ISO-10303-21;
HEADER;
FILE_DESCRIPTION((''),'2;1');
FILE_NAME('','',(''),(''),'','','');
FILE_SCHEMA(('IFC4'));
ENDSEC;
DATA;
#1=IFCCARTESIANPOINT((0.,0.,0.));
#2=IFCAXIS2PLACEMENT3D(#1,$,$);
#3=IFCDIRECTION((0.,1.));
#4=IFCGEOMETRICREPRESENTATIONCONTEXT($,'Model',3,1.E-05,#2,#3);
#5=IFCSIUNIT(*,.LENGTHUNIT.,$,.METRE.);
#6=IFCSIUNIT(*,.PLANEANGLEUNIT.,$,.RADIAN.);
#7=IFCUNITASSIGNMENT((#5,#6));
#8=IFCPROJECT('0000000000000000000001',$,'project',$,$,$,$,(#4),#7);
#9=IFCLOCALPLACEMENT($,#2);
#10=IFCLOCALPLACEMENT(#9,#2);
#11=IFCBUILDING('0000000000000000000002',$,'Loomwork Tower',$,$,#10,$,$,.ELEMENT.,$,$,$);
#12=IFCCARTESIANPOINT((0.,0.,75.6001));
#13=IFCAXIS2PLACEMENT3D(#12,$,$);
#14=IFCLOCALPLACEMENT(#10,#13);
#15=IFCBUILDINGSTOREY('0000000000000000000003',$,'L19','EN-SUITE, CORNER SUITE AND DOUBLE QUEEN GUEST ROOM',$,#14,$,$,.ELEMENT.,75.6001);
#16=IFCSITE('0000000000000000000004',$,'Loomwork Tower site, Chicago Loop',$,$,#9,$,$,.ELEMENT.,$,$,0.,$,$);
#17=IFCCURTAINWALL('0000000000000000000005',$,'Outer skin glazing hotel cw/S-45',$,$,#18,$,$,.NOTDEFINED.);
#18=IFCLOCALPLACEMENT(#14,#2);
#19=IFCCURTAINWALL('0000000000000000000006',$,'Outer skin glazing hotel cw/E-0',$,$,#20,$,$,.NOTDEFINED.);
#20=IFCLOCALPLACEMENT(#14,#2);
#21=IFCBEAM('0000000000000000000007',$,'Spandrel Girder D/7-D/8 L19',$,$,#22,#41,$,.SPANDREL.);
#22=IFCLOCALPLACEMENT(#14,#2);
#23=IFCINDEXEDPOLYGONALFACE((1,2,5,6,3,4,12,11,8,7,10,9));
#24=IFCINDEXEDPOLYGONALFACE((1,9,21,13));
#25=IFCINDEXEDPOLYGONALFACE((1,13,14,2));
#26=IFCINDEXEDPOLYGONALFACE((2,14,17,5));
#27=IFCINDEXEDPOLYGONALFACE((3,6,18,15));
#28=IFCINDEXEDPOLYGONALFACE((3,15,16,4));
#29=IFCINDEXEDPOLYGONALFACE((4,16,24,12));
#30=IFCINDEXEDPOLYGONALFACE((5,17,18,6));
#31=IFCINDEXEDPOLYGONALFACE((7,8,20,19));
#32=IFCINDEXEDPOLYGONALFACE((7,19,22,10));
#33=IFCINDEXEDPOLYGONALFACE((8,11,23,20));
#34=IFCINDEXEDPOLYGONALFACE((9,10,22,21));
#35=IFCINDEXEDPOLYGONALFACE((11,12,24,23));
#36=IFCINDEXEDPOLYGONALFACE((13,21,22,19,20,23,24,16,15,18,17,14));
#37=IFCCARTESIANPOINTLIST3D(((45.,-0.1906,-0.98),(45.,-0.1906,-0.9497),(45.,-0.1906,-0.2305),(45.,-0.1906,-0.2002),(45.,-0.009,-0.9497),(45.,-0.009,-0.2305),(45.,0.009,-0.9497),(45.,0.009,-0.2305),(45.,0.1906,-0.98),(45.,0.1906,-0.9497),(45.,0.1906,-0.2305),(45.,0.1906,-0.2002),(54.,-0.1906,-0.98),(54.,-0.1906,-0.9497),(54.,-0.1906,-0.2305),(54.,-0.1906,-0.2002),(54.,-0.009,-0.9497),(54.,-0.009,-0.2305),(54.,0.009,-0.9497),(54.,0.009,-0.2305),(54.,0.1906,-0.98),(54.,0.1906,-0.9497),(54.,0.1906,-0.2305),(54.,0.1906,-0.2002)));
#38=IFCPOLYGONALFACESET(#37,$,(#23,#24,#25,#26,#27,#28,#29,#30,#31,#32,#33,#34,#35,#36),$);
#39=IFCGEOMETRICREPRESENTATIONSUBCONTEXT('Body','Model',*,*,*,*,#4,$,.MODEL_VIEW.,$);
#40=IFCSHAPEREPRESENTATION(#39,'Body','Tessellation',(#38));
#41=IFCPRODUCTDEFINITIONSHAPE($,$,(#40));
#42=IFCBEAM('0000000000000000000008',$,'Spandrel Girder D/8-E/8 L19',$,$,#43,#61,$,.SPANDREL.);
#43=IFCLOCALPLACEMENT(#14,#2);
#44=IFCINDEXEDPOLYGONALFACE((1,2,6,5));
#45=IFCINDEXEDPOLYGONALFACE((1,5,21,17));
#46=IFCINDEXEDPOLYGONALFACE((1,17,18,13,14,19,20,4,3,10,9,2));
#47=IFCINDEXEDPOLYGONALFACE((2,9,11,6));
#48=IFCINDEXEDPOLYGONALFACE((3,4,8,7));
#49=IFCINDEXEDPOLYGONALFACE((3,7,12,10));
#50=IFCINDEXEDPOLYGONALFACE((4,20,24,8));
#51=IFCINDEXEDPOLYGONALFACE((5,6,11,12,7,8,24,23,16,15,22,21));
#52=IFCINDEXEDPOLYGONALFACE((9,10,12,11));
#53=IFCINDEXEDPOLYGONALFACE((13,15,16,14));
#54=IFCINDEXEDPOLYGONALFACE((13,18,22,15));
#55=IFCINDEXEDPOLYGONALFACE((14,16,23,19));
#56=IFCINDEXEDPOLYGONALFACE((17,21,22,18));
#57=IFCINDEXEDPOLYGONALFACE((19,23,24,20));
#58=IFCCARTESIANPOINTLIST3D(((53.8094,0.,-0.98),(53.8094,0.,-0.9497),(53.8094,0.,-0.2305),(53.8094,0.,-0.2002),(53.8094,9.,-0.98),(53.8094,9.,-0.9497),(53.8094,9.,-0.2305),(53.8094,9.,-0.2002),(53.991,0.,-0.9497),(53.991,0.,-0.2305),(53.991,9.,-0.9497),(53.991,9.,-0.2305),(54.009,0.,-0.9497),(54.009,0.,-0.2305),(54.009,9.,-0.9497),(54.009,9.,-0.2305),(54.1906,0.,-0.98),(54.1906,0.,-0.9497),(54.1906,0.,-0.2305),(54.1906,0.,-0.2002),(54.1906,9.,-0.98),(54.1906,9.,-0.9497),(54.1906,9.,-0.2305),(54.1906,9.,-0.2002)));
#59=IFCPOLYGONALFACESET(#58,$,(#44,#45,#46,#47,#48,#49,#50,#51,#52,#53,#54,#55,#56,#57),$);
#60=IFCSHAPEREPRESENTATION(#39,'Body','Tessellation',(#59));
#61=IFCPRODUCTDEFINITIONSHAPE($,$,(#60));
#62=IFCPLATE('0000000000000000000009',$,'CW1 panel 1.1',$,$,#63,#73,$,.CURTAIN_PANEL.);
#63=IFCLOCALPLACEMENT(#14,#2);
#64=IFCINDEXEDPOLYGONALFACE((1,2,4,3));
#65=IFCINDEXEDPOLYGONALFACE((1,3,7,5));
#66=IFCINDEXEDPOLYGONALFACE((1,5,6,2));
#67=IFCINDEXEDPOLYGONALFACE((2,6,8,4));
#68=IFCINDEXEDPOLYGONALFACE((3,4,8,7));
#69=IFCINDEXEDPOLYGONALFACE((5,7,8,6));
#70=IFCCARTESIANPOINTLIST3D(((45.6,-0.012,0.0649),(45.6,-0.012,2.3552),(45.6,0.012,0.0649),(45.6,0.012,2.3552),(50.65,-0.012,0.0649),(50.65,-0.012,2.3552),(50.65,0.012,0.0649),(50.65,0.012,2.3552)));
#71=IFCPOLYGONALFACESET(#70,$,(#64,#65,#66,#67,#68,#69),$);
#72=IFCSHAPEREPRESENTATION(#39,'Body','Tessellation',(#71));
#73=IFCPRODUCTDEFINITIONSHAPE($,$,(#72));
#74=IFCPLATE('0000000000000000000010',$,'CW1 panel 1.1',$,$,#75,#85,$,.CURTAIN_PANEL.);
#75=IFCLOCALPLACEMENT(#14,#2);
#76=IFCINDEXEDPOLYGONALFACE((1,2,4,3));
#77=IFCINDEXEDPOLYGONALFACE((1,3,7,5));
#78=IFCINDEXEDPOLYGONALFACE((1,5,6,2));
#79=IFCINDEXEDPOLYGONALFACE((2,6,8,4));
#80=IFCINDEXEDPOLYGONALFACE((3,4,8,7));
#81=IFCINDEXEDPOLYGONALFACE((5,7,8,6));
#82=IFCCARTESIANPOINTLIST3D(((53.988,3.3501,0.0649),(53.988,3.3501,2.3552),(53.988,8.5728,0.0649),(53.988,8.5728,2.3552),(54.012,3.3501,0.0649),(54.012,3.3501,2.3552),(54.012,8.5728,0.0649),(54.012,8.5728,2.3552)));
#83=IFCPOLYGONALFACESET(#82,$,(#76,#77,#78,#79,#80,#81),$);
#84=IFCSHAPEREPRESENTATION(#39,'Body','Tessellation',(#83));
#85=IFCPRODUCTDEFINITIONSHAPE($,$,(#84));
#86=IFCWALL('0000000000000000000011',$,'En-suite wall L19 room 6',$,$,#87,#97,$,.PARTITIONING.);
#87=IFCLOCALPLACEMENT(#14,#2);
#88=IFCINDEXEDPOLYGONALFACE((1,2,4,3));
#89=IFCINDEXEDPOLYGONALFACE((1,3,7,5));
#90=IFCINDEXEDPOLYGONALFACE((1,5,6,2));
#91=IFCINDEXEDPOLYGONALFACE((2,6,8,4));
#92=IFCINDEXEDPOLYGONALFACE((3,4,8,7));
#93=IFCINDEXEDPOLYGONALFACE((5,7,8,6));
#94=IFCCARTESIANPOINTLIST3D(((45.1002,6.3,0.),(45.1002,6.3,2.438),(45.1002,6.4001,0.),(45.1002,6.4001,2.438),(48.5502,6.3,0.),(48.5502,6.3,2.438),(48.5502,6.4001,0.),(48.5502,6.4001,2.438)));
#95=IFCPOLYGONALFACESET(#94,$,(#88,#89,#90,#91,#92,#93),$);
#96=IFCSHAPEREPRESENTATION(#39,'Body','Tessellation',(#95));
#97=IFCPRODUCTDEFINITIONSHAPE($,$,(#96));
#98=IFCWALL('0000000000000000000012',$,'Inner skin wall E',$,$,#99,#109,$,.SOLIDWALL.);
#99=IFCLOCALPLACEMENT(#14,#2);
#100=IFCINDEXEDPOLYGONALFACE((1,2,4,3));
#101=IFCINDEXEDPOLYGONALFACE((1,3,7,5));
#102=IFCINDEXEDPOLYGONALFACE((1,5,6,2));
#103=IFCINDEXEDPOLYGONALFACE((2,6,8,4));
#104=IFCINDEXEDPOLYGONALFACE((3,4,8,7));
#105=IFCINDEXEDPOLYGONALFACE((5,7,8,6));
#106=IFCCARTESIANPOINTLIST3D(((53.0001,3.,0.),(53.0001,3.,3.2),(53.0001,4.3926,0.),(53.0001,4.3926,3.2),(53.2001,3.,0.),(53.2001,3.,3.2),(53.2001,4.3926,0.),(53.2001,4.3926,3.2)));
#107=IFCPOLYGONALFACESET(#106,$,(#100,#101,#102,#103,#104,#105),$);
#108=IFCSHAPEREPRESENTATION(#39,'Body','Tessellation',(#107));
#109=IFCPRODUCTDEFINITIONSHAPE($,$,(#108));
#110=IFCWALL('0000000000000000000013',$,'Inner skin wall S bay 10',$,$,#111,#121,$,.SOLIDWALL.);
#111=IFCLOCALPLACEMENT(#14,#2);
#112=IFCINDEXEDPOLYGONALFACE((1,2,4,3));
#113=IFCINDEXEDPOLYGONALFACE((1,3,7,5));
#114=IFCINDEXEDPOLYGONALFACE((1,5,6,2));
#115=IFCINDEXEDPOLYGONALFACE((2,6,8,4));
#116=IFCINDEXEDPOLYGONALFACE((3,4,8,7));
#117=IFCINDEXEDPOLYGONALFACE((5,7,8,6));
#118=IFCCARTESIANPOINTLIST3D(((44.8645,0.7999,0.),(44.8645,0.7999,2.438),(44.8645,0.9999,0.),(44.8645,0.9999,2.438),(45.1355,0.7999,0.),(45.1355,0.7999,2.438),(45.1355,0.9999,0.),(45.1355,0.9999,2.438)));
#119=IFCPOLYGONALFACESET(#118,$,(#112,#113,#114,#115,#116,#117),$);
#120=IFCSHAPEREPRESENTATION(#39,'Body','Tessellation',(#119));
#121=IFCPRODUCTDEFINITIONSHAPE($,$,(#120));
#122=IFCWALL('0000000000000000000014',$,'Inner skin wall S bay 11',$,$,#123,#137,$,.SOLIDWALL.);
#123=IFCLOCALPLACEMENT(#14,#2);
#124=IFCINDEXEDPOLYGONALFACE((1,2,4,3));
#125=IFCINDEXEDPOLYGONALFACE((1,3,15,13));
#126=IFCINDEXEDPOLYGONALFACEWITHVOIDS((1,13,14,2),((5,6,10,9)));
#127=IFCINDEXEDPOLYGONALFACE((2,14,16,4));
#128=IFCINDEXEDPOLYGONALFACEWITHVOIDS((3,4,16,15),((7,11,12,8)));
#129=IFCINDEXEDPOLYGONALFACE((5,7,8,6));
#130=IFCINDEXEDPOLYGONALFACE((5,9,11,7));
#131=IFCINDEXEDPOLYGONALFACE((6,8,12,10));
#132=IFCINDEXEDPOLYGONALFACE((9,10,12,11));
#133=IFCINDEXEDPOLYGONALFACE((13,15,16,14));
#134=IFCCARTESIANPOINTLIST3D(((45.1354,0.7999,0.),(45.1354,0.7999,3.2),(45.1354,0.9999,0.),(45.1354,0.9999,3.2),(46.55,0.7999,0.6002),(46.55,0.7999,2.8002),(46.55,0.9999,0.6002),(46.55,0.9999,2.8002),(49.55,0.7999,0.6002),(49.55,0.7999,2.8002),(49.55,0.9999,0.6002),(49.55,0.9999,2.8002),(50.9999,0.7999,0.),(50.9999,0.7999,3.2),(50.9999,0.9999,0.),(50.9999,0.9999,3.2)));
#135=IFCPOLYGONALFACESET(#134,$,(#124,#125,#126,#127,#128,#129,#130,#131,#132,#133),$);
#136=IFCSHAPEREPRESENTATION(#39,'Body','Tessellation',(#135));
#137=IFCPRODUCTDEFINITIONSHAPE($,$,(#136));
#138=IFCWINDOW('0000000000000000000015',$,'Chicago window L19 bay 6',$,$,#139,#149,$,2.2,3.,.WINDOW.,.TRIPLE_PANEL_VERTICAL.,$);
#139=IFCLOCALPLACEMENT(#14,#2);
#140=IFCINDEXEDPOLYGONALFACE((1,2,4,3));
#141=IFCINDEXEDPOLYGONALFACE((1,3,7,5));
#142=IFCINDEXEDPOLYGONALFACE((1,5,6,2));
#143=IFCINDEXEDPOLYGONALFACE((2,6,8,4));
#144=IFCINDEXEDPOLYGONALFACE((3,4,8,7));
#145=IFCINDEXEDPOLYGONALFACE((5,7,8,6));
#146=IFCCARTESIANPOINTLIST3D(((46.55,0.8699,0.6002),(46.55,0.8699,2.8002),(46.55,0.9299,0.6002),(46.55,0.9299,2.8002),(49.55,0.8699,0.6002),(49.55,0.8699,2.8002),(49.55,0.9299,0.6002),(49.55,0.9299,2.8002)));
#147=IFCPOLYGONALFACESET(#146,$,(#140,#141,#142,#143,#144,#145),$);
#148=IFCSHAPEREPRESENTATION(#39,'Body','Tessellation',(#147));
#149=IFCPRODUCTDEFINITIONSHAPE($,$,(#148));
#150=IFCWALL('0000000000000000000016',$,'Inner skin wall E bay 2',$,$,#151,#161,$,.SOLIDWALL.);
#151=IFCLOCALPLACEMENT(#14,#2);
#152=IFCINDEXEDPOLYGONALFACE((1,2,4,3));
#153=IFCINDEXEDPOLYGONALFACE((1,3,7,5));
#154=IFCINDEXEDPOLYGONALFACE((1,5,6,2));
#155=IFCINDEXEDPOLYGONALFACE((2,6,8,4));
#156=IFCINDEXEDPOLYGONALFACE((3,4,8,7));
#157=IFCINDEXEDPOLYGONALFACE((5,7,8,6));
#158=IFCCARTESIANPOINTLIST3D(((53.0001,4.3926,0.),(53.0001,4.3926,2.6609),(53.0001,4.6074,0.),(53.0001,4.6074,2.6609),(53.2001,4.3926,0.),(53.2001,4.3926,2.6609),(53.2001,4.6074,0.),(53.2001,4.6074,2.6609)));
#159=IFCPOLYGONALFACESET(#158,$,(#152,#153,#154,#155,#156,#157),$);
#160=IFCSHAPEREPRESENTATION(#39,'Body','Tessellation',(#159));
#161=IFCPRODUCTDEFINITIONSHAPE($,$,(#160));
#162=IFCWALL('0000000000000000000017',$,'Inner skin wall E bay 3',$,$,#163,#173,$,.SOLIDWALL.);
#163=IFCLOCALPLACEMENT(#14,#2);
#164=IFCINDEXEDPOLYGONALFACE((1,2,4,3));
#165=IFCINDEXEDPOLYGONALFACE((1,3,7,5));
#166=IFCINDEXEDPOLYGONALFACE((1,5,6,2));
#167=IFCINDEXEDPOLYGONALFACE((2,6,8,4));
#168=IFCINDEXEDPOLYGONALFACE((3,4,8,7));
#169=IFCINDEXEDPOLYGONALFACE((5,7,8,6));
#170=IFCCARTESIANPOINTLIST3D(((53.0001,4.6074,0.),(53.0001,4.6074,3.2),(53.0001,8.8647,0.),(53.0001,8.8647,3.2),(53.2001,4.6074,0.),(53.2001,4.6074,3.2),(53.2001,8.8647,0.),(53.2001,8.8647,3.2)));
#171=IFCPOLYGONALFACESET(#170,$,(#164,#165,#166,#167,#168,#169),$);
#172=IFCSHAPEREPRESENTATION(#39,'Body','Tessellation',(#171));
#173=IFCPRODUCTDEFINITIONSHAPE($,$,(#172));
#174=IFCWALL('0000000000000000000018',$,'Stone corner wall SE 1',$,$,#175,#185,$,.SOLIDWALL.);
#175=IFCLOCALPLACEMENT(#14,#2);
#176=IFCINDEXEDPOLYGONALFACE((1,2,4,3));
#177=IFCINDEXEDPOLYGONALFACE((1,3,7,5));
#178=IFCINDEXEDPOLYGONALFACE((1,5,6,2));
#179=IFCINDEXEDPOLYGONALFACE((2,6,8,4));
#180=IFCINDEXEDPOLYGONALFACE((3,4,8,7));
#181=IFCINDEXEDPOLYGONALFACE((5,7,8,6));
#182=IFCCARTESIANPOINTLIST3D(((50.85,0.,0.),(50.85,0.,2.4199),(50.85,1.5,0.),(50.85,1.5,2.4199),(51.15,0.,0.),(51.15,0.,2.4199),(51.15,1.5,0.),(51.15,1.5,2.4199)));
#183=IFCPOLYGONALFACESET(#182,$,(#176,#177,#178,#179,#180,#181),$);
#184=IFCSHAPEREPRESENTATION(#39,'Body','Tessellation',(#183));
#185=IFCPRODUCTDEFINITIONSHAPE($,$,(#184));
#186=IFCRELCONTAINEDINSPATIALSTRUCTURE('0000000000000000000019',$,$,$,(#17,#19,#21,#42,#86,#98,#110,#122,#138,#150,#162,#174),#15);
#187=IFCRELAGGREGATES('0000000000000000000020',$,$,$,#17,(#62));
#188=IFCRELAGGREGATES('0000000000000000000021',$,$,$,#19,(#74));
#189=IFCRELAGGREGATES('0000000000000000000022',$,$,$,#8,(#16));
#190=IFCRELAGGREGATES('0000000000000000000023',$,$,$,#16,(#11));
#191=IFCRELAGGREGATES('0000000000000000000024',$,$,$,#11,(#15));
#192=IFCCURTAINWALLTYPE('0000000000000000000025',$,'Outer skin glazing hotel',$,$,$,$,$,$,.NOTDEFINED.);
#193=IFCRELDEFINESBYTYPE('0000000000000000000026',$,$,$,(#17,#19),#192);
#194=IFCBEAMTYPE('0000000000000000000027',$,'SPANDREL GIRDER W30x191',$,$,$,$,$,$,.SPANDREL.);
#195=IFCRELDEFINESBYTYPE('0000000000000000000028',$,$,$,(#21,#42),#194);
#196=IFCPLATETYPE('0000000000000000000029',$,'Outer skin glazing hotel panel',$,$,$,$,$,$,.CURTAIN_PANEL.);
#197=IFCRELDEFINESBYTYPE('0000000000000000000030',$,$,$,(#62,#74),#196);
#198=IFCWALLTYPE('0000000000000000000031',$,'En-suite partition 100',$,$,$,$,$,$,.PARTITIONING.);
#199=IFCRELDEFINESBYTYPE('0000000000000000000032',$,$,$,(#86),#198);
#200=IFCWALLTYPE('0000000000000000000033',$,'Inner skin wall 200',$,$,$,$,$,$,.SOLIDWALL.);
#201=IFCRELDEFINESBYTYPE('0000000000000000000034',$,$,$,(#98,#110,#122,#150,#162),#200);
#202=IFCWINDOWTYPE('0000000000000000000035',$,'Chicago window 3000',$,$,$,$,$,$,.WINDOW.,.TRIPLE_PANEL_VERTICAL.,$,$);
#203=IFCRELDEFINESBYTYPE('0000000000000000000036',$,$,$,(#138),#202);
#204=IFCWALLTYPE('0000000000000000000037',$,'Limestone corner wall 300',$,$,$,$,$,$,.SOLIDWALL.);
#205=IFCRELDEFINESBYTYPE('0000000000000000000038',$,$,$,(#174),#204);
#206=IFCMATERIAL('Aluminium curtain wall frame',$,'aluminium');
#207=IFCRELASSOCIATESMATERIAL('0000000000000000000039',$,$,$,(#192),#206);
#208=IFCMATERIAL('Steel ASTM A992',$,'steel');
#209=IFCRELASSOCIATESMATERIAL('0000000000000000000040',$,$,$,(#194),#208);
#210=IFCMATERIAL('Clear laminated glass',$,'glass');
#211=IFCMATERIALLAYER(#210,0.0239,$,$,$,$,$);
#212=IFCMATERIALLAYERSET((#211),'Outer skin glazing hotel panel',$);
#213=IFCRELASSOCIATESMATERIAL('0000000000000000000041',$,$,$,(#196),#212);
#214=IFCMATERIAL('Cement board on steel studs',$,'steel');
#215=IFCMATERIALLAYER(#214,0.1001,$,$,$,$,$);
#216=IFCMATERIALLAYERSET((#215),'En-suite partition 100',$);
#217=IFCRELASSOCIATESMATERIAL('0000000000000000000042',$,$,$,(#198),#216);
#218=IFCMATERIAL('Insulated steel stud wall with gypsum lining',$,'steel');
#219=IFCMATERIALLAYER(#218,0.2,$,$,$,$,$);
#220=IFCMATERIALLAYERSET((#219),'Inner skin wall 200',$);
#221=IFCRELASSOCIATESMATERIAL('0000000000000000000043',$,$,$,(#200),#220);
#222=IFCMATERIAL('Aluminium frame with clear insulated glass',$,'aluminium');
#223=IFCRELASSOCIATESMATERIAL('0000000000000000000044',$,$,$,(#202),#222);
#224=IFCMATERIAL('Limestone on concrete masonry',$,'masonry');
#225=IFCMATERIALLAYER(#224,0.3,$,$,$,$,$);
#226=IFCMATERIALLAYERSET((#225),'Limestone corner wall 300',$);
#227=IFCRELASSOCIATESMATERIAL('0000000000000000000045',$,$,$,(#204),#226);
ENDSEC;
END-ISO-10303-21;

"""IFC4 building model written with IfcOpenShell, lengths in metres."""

from ifc_helpers import new_model, si_unit, direction, frame, frame_2d, origin, origin_2d, place, context, subcontext, project, spatial, rectangle, i_section, extrude, material, layer, layer_set, material_profile, profile_set, type_object, element, fill, aggregate, save


model = new_model("IFC4")

# Units and contexts
model_context = context("Model", 3, precision=1e-05, world=origin(), true_north=direction((0.0, 1.0)))
body_context = subcontext(model_context, "Body", "Model", "MODEL_VIEW")
ifc_project = project(units=[si_unit("LENGTHUNIT", "METRE"), si_unit("PLANEANGLEUNIT", "RADIAN")], contexts=[model_context])

# Site, building, storey
site_placement = place(None, origin())
site = spatial("IfcSite", under=ifc_project, at=site_placement, Name="Loomwork Tower site, Chicago Loop", CompositionType="ELEMENT", RefElevation=0.0)
building_placement = place(site_placement, origin())
building = spatial("IfcBuilding", under=site, at=building_placement, Name="Loomwork Tower", CompositionType="ELEMENT")
storey_placement = place(building_placement, frame((0.0, 0.0, 75.6001)))
storey = spatial("IfcBuildingStorey", under=building, at=storey_placement, Name="L19", Description="EN-SUITE, CORNER SUITE AND DOUBLE QUEEN GUEST ROOM", CompositionType="ELEMENT", Elevation=75.6001)

# Shared definitions
ifc_material_1 = material(Name="Aluminium curtain wall frame", Category="aluminium")
curtain_wall_type = type_object("IfcCurtainWallType", Name="Outer skin glazing hotel", PredefinedType="NOTDEFINED", material=ifc_material_1)

# Curtain wall
curtain_wall_1_placement = place(storey_placement, origin())
curtain_wall_1 = element("IfcCurtainWall", 1, at=curtain_wall_1_placement, inside=storey, type_object=curtain_wall_type, Name="Outer skin glazing hotel cw/S-45", PredefinedType="NOTDEFINED")

# Curtain wall
curtain_wall_2_placement = place(storey_placement, origin())
curtain_wall_2 = element("IfcCurtainWall", 2, at=curtain_wall_2_placement, inside=storey, type_object=curtain_wall_type, Name="Outer skin glazing hotel cw/E-0", PredefinedType="NOTDEFINED")

# Beams
ifc_material_2 = material(Name="Steel ASTM A992", Category="steel")
ifc_material_profile_1 = material_profile(ifc_material_2, i_section(OverallWidth=0.3811, OverallDepth=0.7798, WebThickness=0.0181, FlangeThickness=0.0303, at=origin_2d()), Name="W30x191")
ifc_profile_set_1 = profile_set([ifc_material_profile_1], Name="Steel ASTM A992")
beam_type_1 = type_object("IfcBeamType", Name="SPANDREL GIRDER W30x191", PredefinedType="SPANDREL", material=ifc_profile_set_1)
for number, where, z_axis, x_axis, name in (
    (3, (45.0, 0.0, -0.5901), (1.0, 0.0, 0.0), (0.0, 1.0, 0.0), "Spandrel Girder D/7-D/8 L19"),
    (4, (54.0, 0.0, -0.5901), (0.0, 1.0, 0.0), (-1.0, 0.0, 0.0), "Spandrel Girder D/8-E/8 L19"),
):
    element("IfcBeam", number, at=place(storey_placement, frame(where, z_axis=z_axis, x_axis=x_axis)), inside=storey, type_object=beam_type_1, Name=name, PredefinedType="SPANDREL", context=body_context, shape_type="SweptSolid", body=[
        extrude(i_section(OverallWidth=0.3811, OverallDepth=0.7798, WebThickness=0.0181, FlangeThickness=0.0303, at=origin_2d()), origin(), (0.0, 0.0, 1.0), 9.0),
    ])

# Plates
ifc_material_3 = material(Name="Clear laminated glass", Category="glass")
ifc_layer_1 = layer(ifc_material_3, 0.0239)
ifc_layer_set_1 = layer_set([ifc_layer_1], Name="Outer skin glazing hotel panel")
plate_type = type_object("IfcPlateType", Name="Outer skin glazing hotel panel", PredefinedType="CURTAIN_PANEL", material=ifc_layer_set_1)
plate_1_placement = place(storey_placement, frame((48.125, 0.0, 0.0649), z_axis=(0.0, 0.0, 1.0), x_axis=(1.0, 0.0, 0.0)))
plate_1 = element("IfcPlate", 5, at=plate_1_placement, type_object=plate_type, Name="CW1 panel 1.1", PredefinedType="CURTAIN_PANEL", context=body_context, shape_type="SweptSolid", body=[
    extrude(rectangle(XDim=5.05, YDim=0.0239, at=origin_2d()), origin(), (0.0, 0.0, 1.0), 2.2903),
])
aggregate(curtain_wall_1, [plate_1])
plate_2_placement = place(storey_placement, frame((54.0, 5.9614, 0.0649), z_axis=(0.0, 0.0, 1.0), x_axis=(0.0, 1.0, 0.0)))
plate_2 = element("IfcPlate", 6, at=plate_2_placement, type_object=plate_type, Name="CW1 panel 1.1", PredefinedType="CURTAIN_PANEL", context=body_context, shape_type="SweptSolid", body=[
    extrude(rectangle(XDim=5.2227, YDim=0.0239, at=origin_2d()), origin(), (0.0, 0.0, 1.0), 2.2903),
])
aggregate(curtain_wall_2, [plate_2])

# Walls
ifc_material_4 = material(Name="Cement board on steel studs", Category="steel")
ifc_layer_2 = layer(ifc_material_4, 0.1001)
ifc_layer_set_2 = layer_set([ifc_layer_2], Name="En-suite partition 100")
wall_type_1 = type_object("IfcWallType", Name="En-suite partition 100", PredefinedType="PARTITIONING", material=ifc_layer_set_2)
wall_1_placement = place(storey_placement, frame((45.1001, 6.3501, 0.0), z_axis=(0.0, 0.0, 1.0), x_axis=(1.0, 0.0, 0.0)))
element("IfcWall", 7, at=wall_1_placement, inside=storey, type_object=wall_type_1, Name="En-suite wall L19 room 6", PredefinedType="PARTITIONING", context=body_context, shape_type="SweptSolid", body=[
    extrude(rectangle(XDim=3.45, YDim=0.1001, at=frame_2d((1.7251, 0.0))), origin(), (0.0, 0.0, 1.0), 2.438),
])
ifc_material_5 = material(Name="Insulated steel stud wall with gypsum lining", Category="steel")
ifc_layer_3 = layer(ifc_material_5, 0.2)
ifc_layer_set_3 = layer_set([ifc_layer_3], Name="Inner skin wall 200")
wall_type_2 = type_object("IfcWallType", Name="Inner skin wall 200", PredefinedType="SOLIDWALL", material=ifc_layer_set_3)
wall_2_placement = place(storey_placement, frame((53.1001, 3.0, 0.0), z_axis=(0.0, 0.0, 1.0), x_axis=(0.0, 1.0, 0.0)))
element("IfcWall", 8, at=wall_2_placement, inside=storey, type_object=wall_type_2, Name="Inner skin wall E", PredefinedType="SOLIDWALL", context=body_context, shape_type="SweptSolid", body=[
    extrude(rectangle(XDim=1.3926, YDim=0.2, at=frame_2d((0.6963, 0.0))), origin(), (0.0, 0.0, 1.0), 3.2),
])
wall_3_placement = place(storey_placement, frame((44.8645, 0.8999, 0.0), z_axis=(0.0, 0.0, 1.0), x_axis=(1.0, 0.0, 0.0)))
element("IfcWall", 9, at=wall_3_placement, inside=storey, type_object=wall_type_2, Name="Inner skin wall S bay 10", PredefinedType="SOLIDWALL", context=body_context, shape_type="SweptSolid", body=[
    extrude(rectangle(XDim=0.271, YDim=0.2, at=frame_2d((0.1355, 0.0))), origin(), (0.0, 0.0, 1.0), 2.438),
])

# Wall, opening, window
wall_4_placement = place(storey_placement, frame((45.1355, 0.8999, 0.0), z_axis=(0.0, 0.0, 1.0), x_axis=(1.0, 0.0, 0.0)))
wall_4 = element("IfcWall", 10, at=wall_4_placement, inside=storey, type_object=wall_type_2, Name="Inner skin wall S bay 11", PredefinedType="SOLIDWALL", context=body_context, shape_type="SweptSolid", body=[
    extrude(rectangle(XDim=5.8645, YDim=0.2, at=frame_2d((2.9321, 0.0))), origin(), (0.0, 0.0, 1.0), 3.2),
])
opening_1_placement = place(wall_4_placement, frame((1.4146, 0.0, 0.6001)))
opening_1 = element("IfcOpeningElement", 11, at=opening_1_placement, cuts=wall_4, PredefinedType="OPENING", context=body_context, shape_type="SweptSolid", body=[
    extrude(rectangle(XDim=3.0, YDim=2.2, at=frame_2d((1.5, 1.1001))), frame((0.0, 0.1099, 0.0), z_axis=(0.0, -1.0, 0.0), x_axis=(1.0, 0.0, 0.0)), (0.0, 0.0, 1.0), 0.22),
])
ifc_material_6 = material(Name="Aluminium frame with clear insulated glass", Category="aluminium")
window_type_1 = type_object("IfcWindowType", Name="Chicago window 3000", PartitioningType="TRIPLE_PANEL_VERTICAL", PredefinedType="WINDOW", material=ifc_material_6)
window_1_placement = place(opening_1_placement, origin())
window_1 = element("IfcWindow", 12, at=window_1_placement, inside=storey, type_object=window_type_1, Name="Chicago window L19 bay 6", OverallHeight=2.2, OverallWidth=3.0, PartitioningType="TRIPLE_PANEL_VERTICAL", PredefinedType="WINDOW", context=body_context, shape_type="SweptSolid", body=[
    extrude(rectangle(XDim=3.0, YDim=2.2, at=frame_2d((1.5, 1.1001))), frame((0.0, 0.03, 0.0), z_axis=(0.0, -1.0, 0.0), x_axis=(1.0, 0.0, 0.0)), (0.0, 0.0, 1.0), 0.0601),
])
fill(opening_1, window_1)

# Walls
wall_5_placement = place(storey_placement, frame((53.1001, 4.3926, 0.0), z_axis=(0.0, 0.0, 1.0), x_axis=(0.0, 1.0, 0.0)))
element("IfcWall", 13, at=wall_5_placement, inside=storey, type_object=wall_type_2, Name="Inner skin wall E bay 2", PredefinedType="SOLIDWALL", context=body_context, shape_type="SweptSolid", body=[
    extrude(rectangle(XDim=0.2148, YDim=0.2, at=frame_2d((0.1074, 0.0))), origin(), (0.0, 0.0, 1.0), 2.6609),
])
wall_6_placement = place(storey_placement, frame((53.1001, 4.6074, 0.0), z_axis=(0.0, 0.0, 1.0), x_axis=(0.0, 1.0, 0.0)))
element("IfcWall", 14, at=wall_6_placement, inside=storey, type_object=wall_type_2, Name="Inner skin wall E bay 3", PredefinedType="SOLIDWALL", context=body_context, shape_type="SweptSolid", body=[
    extrude(rectangle(XDim=4.2573, YDim=0.2, at=frame_2d((2.1287, 0.0))), origin(), (0.0, 0.0, 1.0), 3.2),
])
ifc_material_7 = material(Name="Limestone on concrete masonry", Category="masonry")
ifc_layer_4 = layer(ifc_material_7, 0.3)
ifc_layer_set_4 = layer_set([ifc_layer_4], Name="Limestone corner wall 300")
wall_type_3 = type_object("IfcWallType", Name="Limestone corner wall 300", PredefinedType="SOLIDWALL", material=ifc_layer_set_4)
wall_7_placement = place(storey_placement, frame((51.0, 0.0, 0.0), z_axis=(0.0, 0.0, 1.0), x_axis=(0.0, 1.0, 0.0)))
element("IfcWall", 15, at=wall_7_placement, inside=storey, type_object=wall_type_3, Name="Stone corner wall SE 1", PredefinedType="SOLIDWALL", context=body_context, shape_type="SweptSolid", body=[
    extrude(rectangle(XDim=1.5, YDim=0.3, at=frame_2d((0.75, 0.0))), origin(), (0.0, 0.0, 1.0), 2.4199),
])

save(model, "model.ifc")
